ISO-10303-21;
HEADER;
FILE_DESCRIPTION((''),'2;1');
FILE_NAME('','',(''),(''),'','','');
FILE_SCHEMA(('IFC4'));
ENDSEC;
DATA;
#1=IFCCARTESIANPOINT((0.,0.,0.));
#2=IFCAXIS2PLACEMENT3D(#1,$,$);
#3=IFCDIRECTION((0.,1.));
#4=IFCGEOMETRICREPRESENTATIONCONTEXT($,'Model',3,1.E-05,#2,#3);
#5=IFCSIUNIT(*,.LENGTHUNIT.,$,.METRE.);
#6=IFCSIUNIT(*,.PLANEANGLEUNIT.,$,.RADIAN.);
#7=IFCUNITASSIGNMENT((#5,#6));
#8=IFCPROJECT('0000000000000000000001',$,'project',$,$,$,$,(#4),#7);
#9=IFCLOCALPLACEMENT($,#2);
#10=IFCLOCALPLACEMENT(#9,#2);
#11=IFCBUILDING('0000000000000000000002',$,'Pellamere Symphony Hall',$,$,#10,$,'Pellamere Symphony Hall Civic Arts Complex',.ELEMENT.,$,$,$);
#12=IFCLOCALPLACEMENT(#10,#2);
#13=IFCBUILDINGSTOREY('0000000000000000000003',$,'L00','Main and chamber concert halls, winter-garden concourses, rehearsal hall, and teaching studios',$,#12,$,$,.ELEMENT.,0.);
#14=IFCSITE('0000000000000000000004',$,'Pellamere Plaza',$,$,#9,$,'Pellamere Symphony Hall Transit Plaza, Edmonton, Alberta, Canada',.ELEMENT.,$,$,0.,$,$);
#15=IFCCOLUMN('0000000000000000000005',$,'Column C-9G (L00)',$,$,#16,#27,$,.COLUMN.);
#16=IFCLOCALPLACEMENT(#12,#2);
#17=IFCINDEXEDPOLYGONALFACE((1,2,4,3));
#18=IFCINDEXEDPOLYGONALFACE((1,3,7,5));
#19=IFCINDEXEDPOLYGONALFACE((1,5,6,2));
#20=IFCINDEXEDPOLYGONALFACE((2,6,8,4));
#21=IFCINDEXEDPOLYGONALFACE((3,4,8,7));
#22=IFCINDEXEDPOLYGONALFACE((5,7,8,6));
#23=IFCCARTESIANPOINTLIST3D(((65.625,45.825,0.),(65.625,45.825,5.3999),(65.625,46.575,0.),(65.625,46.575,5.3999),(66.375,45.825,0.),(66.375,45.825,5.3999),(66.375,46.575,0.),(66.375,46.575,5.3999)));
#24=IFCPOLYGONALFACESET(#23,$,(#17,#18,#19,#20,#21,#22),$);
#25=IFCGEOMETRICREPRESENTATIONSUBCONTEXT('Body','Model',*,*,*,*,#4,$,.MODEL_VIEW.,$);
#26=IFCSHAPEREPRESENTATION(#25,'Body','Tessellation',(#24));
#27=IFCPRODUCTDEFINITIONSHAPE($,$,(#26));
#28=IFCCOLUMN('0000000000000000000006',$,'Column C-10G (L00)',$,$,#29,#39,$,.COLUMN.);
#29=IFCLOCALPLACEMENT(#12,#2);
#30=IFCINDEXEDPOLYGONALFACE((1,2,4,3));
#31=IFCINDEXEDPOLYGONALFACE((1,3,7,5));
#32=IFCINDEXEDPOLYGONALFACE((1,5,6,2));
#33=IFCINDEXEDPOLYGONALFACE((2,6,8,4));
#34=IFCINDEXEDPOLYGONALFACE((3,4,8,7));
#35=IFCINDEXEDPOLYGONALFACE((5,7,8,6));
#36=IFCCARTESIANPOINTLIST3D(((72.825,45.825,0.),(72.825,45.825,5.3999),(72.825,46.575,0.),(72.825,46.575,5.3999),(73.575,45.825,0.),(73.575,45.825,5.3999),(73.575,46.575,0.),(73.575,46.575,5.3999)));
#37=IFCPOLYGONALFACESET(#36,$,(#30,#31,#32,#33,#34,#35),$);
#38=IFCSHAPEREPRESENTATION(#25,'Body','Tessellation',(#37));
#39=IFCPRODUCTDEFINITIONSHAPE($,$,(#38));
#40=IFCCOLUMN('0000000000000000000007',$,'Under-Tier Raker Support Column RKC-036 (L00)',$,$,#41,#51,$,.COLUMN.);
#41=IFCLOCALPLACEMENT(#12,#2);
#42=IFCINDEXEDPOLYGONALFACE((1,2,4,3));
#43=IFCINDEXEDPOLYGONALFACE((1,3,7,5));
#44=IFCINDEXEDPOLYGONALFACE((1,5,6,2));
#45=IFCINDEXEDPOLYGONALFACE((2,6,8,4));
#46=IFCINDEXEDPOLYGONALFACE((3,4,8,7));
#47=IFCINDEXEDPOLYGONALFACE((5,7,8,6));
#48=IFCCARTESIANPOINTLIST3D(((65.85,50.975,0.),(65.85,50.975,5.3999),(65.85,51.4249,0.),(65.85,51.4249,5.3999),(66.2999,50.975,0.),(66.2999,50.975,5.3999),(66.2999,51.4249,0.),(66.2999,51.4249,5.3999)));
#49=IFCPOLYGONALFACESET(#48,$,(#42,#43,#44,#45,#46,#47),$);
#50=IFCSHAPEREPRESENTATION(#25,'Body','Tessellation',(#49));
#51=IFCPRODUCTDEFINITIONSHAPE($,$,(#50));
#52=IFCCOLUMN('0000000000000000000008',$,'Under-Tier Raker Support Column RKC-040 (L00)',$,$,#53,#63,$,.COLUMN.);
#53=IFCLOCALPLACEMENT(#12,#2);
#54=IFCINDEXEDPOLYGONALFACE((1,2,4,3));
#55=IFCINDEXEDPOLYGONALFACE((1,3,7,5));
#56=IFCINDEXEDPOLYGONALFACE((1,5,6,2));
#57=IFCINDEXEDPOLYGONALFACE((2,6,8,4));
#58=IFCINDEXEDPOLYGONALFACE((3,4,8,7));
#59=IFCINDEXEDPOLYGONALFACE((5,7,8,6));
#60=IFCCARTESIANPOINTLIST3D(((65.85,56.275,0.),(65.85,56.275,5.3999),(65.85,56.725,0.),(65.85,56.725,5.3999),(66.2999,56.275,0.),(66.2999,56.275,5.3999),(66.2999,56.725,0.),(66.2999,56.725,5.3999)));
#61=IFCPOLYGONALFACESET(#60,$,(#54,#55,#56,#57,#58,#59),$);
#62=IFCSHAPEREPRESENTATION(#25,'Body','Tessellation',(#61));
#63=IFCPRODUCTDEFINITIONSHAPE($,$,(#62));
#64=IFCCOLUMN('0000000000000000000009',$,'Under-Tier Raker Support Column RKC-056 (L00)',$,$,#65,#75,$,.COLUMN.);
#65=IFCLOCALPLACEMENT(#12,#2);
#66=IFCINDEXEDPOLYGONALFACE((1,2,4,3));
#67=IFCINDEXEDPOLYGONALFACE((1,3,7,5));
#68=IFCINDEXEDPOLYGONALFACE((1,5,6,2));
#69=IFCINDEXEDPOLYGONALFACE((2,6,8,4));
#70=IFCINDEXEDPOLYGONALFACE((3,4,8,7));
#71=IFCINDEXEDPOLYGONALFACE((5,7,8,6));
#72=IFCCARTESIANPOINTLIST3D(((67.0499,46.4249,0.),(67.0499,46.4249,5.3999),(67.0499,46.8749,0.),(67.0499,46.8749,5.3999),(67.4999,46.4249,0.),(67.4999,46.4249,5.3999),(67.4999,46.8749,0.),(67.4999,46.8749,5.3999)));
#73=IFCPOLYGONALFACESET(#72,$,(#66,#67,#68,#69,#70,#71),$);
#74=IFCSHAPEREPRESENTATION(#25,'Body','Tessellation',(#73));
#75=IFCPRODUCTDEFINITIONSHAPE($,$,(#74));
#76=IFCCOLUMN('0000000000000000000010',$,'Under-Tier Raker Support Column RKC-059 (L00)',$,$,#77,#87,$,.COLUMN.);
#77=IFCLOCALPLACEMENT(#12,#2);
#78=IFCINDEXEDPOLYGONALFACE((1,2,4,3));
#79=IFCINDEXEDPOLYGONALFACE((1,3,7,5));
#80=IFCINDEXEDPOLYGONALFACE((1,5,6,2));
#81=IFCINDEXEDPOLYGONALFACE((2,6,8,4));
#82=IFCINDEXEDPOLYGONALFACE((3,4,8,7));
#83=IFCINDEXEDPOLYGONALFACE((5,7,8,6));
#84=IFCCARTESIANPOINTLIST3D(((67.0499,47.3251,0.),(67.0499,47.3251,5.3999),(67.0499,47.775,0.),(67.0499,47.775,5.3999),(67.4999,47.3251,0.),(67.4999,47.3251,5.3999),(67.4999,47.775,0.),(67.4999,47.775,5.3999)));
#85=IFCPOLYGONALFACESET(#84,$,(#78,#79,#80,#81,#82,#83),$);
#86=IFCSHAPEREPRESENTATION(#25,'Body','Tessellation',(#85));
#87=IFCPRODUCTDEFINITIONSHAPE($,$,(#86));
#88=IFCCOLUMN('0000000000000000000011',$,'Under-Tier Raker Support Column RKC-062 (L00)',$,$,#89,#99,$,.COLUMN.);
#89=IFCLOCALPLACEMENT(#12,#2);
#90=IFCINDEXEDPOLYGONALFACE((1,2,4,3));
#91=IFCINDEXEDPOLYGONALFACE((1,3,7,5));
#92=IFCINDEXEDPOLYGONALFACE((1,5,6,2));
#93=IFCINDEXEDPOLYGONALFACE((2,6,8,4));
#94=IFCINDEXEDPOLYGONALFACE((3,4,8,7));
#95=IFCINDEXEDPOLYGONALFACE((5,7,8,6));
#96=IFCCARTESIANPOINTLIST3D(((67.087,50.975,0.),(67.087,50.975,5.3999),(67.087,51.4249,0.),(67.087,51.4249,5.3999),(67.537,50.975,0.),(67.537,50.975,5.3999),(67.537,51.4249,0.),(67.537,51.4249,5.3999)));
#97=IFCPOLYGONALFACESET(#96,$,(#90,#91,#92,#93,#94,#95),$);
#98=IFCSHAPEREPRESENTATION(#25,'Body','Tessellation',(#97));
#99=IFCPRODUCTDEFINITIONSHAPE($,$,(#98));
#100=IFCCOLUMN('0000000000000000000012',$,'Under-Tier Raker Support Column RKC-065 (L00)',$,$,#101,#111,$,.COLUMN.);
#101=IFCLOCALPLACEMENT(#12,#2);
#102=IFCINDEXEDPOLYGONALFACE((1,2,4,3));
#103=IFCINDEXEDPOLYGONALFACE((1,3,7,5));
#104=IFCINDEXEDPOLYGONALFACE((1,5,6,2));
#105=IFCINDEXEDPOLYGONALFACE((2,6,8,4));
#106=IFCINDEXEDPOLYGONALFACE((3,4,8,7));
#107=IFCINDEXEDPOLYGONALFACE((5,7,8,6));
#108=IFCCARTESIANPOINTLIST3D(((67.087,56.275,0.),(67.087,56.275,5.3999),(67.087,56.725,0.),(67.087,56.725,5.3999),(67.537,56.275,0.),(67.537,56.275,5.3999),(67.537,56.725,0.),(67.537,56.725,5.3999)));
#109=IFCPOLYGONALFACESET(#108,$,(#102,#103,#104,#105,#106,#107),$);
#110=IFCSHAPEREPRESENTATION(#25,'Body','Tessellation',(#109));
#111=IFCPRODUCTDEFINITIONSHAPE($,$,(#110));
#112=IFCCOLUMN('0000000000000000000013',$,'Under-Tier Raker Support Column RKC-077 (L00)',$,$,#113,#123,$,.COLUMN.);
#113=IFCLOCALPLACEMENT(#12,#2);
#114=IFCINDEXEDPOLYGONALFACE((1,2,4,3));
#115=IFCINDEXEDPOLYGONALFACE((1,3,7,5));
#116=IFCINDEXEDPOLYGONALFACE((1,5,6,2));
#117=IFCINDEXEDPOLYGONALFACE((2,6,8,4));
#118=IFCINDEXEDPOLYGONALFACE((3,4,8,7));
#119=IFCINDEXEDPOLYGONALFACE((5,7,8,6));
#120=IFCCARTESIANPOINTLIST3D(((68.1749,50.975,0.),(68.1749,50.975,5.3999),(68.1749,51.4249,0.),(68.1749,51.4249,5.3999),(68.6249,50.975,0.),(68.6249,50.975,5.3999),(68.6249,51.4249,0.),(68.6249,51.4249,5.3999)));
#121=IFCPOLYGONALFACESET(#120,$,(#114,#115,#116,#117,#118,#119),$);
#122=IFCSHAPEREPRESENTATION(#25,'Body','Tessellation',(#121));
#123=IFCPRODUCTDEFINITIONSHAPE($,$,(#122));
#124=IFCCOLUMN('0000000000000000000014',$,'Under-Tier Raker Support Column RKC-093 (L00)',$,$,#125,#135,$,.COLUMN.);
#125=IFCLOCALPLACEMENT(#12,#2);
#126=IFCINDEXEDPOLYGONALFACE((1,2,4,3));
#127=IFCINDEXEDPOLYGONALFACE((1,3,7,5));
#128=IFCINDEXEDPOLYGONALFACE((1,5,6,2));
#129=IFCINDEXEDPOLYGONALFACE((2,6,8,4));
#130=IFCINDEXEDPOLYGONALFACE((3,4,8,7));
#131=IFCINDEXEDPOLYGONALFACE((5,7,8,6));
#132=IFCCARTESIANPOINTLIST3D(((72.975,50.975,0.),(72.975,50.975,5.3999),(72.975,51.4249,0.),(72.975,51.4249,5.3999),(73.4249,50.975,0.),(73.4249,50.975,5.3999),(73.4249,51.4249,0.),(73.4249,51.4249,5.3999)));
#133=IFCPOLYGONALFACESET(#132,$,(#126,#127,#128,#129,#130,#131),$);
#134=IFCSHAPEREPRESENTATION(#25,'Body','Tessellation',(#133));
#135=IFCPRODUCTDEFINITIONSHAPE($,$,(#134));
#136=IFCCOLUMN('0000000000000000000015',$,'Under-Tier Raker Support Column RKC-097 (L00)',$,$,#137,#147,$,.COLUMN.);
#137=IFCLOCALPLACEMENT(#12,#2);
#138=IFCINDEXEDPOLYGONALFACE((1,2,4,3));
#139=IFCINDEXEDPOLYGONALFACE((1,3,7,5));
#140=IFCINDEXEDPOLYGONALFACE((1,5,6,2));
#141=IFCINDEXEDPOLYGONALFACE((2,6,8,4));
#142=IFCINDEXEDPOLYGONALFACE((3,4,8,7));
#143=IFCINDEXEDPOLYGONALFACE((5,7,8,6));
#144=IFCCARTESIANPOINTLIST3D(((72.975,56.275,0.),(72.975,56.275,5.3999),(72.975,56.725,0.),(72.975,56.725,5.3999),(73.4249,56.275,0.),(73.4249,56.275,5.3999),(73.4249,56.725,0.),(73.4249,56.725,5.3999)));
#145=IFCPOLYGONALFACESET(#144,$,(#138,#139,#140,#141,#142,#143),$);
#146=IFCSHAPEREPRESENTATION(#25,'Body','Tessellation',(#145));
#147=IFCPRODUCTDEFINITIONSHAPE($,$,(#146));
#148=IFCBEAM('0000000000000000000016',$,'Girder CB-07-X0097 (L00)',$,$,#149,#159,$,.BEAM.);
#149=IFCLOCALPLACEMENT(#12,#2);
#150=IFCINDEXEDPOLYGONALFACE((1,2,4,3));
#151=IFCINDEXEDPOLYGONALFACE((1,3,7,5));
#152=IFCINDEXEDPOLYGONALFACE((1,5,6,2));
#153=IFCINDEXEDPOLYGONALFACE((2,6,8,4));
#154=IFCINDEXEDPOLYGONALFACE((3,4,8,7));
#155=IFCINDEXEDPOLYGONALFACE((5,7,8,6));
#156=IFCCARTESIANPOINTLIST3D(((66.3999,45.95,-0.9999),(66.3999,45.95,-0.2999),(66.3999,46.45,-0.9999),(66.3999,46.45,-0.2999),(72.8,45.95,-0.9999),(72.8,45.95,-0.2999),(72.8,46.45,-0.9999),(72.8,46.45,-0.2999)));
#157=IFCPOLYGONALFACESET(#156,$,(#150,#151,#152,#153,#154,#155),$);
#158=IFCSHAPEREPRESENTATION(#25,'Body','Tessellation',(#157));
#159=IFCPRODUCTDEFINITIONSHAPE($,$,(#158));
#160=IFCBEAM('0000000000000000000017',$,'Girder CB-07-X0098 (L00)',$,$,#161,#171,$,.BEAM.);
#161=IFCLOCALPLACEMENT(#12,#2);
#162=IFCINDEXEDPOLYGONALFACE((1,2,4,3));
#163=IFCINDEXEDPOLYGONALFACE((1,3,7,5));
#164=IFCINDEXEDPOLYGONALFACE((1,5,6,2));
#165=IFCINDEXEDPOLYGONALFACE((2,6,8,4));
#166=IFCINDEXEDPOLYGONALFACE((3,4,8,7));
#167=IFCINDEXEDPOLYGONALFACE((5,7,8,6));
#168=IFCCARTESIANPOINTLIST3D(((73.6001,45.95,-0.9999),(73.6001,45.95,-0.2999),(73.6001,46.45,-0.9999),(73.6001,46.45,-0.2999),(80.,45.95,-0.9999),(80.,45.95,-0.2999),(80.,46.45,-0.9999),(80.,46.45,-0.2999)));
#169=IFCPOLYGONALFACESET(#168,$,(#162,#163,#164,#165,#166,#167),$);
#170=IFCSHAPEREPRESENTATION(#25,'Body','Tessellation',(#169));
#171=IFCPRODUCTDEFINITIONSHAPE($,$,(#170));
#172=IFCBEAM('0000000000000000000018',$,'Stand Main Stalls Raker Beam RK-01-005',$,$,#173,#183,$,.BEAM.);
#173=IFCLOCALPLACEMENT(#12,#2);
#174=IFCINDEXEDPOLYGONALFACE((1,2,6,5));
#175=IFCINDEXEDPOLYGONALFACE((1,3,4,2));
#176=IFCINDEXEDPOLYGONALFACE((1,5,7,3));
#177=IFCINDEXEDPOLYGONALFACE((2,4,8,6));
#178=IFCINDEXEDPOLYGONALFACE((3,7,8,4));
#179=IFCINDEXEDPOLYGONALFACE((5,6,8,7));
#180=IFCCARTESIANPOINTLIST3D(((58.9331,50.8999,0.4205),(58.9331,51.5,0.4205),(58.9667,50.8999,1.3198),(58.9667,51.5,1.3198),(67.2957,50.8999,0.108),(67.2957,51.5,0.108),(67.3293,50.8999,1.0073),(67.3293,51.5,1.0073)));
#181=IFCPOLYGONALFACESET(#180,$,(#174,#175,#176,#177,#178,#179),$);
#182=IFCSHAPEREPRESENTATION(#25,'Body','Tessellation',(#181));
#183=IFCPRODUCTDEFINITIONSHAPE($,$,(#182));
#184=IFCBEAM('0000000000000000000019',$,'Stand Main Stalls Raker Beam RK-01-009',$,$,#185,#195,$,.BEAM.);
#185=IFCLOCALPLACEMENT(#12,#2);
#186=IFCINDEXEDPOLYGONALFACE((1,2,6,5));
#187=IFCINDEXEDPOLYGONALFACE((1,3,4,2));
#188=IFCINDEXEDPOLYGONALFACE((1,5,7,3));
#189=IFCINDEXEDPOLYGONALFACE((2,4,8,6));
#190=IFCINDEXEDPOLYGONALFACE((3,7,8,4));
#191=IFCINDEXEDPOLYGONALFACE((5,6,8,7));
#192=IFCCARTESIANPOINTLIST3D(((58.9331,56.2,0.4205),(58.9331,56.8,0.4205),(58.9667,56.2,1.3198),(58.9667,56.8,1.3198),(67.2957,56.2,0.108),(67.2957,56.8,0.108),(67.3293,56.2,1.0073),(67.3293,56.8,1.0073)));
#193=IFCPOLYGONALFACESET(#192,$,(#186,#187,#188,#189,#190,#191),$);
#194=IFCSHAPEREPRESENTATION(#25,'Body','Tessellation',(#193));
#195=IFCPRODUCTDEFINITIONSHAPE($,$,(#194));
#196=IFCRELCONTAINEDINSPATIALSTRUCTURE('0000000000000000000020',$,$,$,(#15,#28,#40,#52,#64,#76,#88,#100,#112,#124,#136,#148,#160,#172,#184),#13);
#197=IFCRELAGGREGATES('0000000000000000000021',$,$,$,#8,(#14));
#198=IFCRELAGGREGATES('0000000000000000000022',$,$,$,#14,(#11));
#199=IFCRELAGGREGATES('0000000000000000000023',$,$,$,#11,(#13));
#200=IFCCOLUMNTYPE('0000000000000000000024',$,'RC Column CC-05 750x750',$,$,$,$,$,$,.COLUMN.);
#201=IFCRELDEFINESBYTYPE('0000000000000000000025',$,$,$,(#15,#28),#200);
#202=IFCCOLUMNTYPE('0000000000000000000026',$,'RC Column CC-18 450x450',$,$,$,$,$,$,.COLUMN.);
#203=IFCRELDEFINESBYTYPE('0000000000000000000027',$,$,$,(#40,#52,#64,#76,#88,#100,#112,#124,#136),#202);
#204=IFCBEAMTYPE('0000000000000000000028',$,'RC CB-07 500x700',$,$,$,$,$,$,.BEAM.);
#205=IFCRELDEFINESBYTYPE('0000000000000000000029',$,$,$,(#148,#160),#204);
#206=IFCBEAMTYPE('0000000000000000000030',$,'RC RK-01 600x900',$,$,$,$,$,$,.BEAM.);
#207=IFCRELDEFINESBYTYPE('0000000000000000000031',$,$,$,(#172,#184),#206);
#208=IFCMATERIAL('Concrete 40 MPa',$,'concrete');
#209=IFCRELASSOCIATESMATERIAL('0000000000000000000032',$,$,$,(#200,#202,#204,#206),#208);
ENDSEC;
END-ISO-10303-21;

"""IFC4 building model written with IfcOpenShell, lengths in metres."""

from ifc_helpers import new_model, si_unit, direction, frame, origin, origin_2d, place, context, subcontext, project, spatial, rectangle, extrude, material, material_profile, profile_set, type_object, element, save


model = new_model("IFC4")

# Units and contexts
model_context = context("Model", 3, precision=1e-05, world=origin(), true_north=direction((0.0, 1.0)))
body_context = subcontext(model_context, "Body", "Model", "MODEL_VIEW")
ifc_project = project(units=[si_unit("LENGTHUNIT", "METRE"), si_unit("PLANEANGLEUNIT", "RADIAN")], contexts=[model_context])

# Site, building, storey
site_placement = place(None, origin())
site = spatial("IfcSite", under=ifc_project, at=site_placement, Name="Pellamere Plaza", LongName="Pellamere Symphony Hall Transit Plaza, Edmonton, Alberta, Canada", CompositionType="ELEMENT", RefElevation=0.0)
building_placement = place(site_placement, origin())
building = spatial("IfcBuilding", under=site, at=building_placement, Name="Pellamere Symphony Hall", LongName="Pellamere Symphony Hall Civic Arts Complex", CompositionType="ELEMENT")
storey_placement = place(building_placement, origin())
storey = spatial("IfcBuildingStorey", under=building, at=storey_placement, Name="L00", Description="Main and chamber concert halls, winter-garden concourses, rehearsal hall, and teaching studios", CompositionType="ELEMENT", Elevation=0.0)

# Columns
ifc_material_1 = material(Name="Concrete 40 MPa", Category="concrete")
ifc_material_profile_1 = material_profile(ifc_material_1, rectangle(XDim=0.75, YDim=0.75, at=origin_2d()), Name="RC 750x750")
ifc_profile_set_1 = profile_set([ifc_material_profile_1], Name="Concrete 40 MPa")
column_type_1 = type_object("IfcColumnType", Name="RC Column CC-05 750x750", PredefinedType="COLUMN", material=ifc_profile_set_1)
for number, where, z_axis, x_axis, name in (
    (1, (66.0, 46.2, 0.0), (0.0, 0.0, 1.0), (1.0, 0.0, 0.0), "Column C-9G (L00)"),
    (2, (73.2, 46.2, 0.0), (0.0, 0.0, 1.0), (1.0, 0.0, 0.0), "Column C-10G (L00)"),
):
    element("IfcColumn", number, at=place(storey_placement, frame(where, z_axis=z_axis, x_axis=x_axis)), inside=storey, type_object=column_type_1, Name=name, PredefinedType="COLUMN", context=body_context, shape_type="SweptSolid", body=[
        extrude(rectangle(XDim=0.75, YDim=0.75, at=origin_2d()), origin(), (0.0, 0.0, 1.0), 5.3999),
    ])
ifc_material_profile_2 = material_profile(ifc_material_1, rectangle(XDim=0.45, YDim=0.45, at=origin_2d()), Name="RC 450x450")
ifc_profile_set_2 = profile_set([ifc_material_profile_2], Name="Concrete 40 MPa")
column_type_2 = type_object("IfcColumnType", Name="RC Column CC-18 450x450", PredefinedType="COLUMN", material=ifc_profile_set_2)
for number, where, z_axis, x_axis, name in (
    (3, (66.075, 51.2, 0.0), (0.0, 0.0, 1.0), (1.0, 0.0, 0.0), "Under-Tier Raker Support Column RKC-036 (L00)"),
    (4, (66.075, 56.5, 0.0), (0.0, 0.0, 1.0), (1.0, 0.0, 0.0), "Under-Tier Raker Support Column RKC-040 (L00)"),
    (5, (67.2749, 46.6499, 0.0), (0.0, 0.0, 1.0), (1.0, 0.0, 0.0), "Under-Tier Raker Support Column RKC-056 (L00)"),
    (6, (67.2749, 47.55, 0.0), (0.0, 0.0, 1.0), (1.0, 0.0, 0.0), "Under-Tier Raker Support Column RKC-059 (L00)"),
    (7, (67.312, 51.2, 0.0), (0.0, 0.0, 1.0), (1.0, 0.0, 0.0), "Under-Tier Raker Support Column RKC-062 (L00)"),
    (8, (67.312, 56.5, 0.0), (0.0, 0.0, 1.0), (1.0, 0.0, 0.0), "Under-Tier Raker Support Column RKC-065 (L00)"),
    (9, (68.3999, 51.2, 0.0), (0.0, 0.0, 1.0), (1.0, 0.0, 0.0), "Under-Tier Raker Support Column RKC-077 (L00)"),
    (10, (73.2, 51.2, 0.0), (0.0, 0.0, 1.0), (1.0, 0.0, 0.0), "Under-Tier Raker Support Column RKC-093 (L00)"),
    (11, (73.2, 56.5, 0.0), (0.0, 0.0, 1.0), (1.0, 0.0, 0.0), "Under-Tier Raker Support Column RKC-097 (L00)"),
):
    element("IfcColumn", number, at=place(storey_placement, frame(where, z_axis=z_axis, x_axis=x_axis)), inside=storey, type_object=column_type_2, Name=name, PredefinedType="COLUMN", context=body_context, shape_type="SweptSolid", body=[
        extrude(rectangle(XDim=0.45, YDim=0.45, at=origin_2d()), origin(), (0.0, 0.0, 1.0), 5.3999),
    ])

# Beams
ifc_material_profile_3 = material_profile(ifc_material_1, rectangle(XDim=0.5, YDim=0.7, at=origin_2d()), Name="RC 500x700")
ifc_profile_set_3 = profile_set([ifc_material_profile_3], Name="Concrete 40 MPa")
beam_type_1 = type_object("IfcBeamType", Name="RC CB-07 500x700", PredefinedType="BEAM", material=ifc_profile_set_3)
beam_1_placement = place(storey_placement, frame((66.3999, 46.2, -0.6499), z_axis=(1.0, 0.0, 0.0), x_axis=(0.0, 1.0, 0.0)))
element("IfcBeam", 12, at=beam_1_placement, inside=storey, type_object=beam_type_1, Name="Girder CB-07-X0097 (L00)", PredefinedType="BEAM", context=body_context, shape_type="SweptSolid", body=[
    extrude(rectangle(XDim=0.5, YDim=0.7, at=origin_2d()), origin(), (0.0, 0.0, 1.0), 6.4001),
])
beam_2_placement = place(storey_placement, frame((73.6001, 46.2, -0.6499), z_axis=(1.0, 0.0, 0.0), x_axis=(0.0, 1.0, 0.0)))
element("IfcBeam", 13, at=beam_2_placement, inside=storey, type_object=beam_type_1, Name="Girder CB-07-X0098 (L00)", PredefinedType="BEAM", context=body_context, shape_type="SweptSolid", body=[
    extrude(rectangle(XDim=0.5, YDim=0.7, at=origin_2d()), origin(), (0.0, 0.0, 1.0), 6.3999),
])
ifc_material_profile_4 = material_profile(ifc_material_1, rectangle(XDim=0.6001, YDim=0.8999, at=origin_2d()), Name="RC 600x900")
ifc_profile_set_4 = profile_set([ifc_material_profile_4], Name="Concrete 40 MPa")
beam_type_2 = type_object("IfcBeamType", Name="RC RK-01 600x900", PredefinedType="BEAM", material=ifc_profile_set_4)
for number, where, z_axis, x_axis, name in (
    (14, (67.3125, 51.2, 0.5576), (-0.999303, 0.0, 0.037343), (0.0, -1.0, 0.0), "Stand Main Stalls Raker Beam RK-01-005"),
    (15, (67.3125, 56.5, 0.5576), (-0.999303, 0.0, 0.037343), (0.0, -1.0, 0.0), "Stand Main Stalls Raker Beam RK-01-009"),
):
    element("IfcBeam", number, at=place(storey_placement, frame(where, z_axis=z_axis, x_axis=x_axis)), inside=storey, type_object=beam_type_2, Name=name, PredefinedType="BEAM", context=body_context, shape_type="SweptSolid", body=[
        extrude(rectangle(XDim=0.6001, YDim=0.8999, at=origin_2d()), origin(), (0.0, 0.0, 1.0), 8.3684),
    ])

save(model, "model.ifc")
